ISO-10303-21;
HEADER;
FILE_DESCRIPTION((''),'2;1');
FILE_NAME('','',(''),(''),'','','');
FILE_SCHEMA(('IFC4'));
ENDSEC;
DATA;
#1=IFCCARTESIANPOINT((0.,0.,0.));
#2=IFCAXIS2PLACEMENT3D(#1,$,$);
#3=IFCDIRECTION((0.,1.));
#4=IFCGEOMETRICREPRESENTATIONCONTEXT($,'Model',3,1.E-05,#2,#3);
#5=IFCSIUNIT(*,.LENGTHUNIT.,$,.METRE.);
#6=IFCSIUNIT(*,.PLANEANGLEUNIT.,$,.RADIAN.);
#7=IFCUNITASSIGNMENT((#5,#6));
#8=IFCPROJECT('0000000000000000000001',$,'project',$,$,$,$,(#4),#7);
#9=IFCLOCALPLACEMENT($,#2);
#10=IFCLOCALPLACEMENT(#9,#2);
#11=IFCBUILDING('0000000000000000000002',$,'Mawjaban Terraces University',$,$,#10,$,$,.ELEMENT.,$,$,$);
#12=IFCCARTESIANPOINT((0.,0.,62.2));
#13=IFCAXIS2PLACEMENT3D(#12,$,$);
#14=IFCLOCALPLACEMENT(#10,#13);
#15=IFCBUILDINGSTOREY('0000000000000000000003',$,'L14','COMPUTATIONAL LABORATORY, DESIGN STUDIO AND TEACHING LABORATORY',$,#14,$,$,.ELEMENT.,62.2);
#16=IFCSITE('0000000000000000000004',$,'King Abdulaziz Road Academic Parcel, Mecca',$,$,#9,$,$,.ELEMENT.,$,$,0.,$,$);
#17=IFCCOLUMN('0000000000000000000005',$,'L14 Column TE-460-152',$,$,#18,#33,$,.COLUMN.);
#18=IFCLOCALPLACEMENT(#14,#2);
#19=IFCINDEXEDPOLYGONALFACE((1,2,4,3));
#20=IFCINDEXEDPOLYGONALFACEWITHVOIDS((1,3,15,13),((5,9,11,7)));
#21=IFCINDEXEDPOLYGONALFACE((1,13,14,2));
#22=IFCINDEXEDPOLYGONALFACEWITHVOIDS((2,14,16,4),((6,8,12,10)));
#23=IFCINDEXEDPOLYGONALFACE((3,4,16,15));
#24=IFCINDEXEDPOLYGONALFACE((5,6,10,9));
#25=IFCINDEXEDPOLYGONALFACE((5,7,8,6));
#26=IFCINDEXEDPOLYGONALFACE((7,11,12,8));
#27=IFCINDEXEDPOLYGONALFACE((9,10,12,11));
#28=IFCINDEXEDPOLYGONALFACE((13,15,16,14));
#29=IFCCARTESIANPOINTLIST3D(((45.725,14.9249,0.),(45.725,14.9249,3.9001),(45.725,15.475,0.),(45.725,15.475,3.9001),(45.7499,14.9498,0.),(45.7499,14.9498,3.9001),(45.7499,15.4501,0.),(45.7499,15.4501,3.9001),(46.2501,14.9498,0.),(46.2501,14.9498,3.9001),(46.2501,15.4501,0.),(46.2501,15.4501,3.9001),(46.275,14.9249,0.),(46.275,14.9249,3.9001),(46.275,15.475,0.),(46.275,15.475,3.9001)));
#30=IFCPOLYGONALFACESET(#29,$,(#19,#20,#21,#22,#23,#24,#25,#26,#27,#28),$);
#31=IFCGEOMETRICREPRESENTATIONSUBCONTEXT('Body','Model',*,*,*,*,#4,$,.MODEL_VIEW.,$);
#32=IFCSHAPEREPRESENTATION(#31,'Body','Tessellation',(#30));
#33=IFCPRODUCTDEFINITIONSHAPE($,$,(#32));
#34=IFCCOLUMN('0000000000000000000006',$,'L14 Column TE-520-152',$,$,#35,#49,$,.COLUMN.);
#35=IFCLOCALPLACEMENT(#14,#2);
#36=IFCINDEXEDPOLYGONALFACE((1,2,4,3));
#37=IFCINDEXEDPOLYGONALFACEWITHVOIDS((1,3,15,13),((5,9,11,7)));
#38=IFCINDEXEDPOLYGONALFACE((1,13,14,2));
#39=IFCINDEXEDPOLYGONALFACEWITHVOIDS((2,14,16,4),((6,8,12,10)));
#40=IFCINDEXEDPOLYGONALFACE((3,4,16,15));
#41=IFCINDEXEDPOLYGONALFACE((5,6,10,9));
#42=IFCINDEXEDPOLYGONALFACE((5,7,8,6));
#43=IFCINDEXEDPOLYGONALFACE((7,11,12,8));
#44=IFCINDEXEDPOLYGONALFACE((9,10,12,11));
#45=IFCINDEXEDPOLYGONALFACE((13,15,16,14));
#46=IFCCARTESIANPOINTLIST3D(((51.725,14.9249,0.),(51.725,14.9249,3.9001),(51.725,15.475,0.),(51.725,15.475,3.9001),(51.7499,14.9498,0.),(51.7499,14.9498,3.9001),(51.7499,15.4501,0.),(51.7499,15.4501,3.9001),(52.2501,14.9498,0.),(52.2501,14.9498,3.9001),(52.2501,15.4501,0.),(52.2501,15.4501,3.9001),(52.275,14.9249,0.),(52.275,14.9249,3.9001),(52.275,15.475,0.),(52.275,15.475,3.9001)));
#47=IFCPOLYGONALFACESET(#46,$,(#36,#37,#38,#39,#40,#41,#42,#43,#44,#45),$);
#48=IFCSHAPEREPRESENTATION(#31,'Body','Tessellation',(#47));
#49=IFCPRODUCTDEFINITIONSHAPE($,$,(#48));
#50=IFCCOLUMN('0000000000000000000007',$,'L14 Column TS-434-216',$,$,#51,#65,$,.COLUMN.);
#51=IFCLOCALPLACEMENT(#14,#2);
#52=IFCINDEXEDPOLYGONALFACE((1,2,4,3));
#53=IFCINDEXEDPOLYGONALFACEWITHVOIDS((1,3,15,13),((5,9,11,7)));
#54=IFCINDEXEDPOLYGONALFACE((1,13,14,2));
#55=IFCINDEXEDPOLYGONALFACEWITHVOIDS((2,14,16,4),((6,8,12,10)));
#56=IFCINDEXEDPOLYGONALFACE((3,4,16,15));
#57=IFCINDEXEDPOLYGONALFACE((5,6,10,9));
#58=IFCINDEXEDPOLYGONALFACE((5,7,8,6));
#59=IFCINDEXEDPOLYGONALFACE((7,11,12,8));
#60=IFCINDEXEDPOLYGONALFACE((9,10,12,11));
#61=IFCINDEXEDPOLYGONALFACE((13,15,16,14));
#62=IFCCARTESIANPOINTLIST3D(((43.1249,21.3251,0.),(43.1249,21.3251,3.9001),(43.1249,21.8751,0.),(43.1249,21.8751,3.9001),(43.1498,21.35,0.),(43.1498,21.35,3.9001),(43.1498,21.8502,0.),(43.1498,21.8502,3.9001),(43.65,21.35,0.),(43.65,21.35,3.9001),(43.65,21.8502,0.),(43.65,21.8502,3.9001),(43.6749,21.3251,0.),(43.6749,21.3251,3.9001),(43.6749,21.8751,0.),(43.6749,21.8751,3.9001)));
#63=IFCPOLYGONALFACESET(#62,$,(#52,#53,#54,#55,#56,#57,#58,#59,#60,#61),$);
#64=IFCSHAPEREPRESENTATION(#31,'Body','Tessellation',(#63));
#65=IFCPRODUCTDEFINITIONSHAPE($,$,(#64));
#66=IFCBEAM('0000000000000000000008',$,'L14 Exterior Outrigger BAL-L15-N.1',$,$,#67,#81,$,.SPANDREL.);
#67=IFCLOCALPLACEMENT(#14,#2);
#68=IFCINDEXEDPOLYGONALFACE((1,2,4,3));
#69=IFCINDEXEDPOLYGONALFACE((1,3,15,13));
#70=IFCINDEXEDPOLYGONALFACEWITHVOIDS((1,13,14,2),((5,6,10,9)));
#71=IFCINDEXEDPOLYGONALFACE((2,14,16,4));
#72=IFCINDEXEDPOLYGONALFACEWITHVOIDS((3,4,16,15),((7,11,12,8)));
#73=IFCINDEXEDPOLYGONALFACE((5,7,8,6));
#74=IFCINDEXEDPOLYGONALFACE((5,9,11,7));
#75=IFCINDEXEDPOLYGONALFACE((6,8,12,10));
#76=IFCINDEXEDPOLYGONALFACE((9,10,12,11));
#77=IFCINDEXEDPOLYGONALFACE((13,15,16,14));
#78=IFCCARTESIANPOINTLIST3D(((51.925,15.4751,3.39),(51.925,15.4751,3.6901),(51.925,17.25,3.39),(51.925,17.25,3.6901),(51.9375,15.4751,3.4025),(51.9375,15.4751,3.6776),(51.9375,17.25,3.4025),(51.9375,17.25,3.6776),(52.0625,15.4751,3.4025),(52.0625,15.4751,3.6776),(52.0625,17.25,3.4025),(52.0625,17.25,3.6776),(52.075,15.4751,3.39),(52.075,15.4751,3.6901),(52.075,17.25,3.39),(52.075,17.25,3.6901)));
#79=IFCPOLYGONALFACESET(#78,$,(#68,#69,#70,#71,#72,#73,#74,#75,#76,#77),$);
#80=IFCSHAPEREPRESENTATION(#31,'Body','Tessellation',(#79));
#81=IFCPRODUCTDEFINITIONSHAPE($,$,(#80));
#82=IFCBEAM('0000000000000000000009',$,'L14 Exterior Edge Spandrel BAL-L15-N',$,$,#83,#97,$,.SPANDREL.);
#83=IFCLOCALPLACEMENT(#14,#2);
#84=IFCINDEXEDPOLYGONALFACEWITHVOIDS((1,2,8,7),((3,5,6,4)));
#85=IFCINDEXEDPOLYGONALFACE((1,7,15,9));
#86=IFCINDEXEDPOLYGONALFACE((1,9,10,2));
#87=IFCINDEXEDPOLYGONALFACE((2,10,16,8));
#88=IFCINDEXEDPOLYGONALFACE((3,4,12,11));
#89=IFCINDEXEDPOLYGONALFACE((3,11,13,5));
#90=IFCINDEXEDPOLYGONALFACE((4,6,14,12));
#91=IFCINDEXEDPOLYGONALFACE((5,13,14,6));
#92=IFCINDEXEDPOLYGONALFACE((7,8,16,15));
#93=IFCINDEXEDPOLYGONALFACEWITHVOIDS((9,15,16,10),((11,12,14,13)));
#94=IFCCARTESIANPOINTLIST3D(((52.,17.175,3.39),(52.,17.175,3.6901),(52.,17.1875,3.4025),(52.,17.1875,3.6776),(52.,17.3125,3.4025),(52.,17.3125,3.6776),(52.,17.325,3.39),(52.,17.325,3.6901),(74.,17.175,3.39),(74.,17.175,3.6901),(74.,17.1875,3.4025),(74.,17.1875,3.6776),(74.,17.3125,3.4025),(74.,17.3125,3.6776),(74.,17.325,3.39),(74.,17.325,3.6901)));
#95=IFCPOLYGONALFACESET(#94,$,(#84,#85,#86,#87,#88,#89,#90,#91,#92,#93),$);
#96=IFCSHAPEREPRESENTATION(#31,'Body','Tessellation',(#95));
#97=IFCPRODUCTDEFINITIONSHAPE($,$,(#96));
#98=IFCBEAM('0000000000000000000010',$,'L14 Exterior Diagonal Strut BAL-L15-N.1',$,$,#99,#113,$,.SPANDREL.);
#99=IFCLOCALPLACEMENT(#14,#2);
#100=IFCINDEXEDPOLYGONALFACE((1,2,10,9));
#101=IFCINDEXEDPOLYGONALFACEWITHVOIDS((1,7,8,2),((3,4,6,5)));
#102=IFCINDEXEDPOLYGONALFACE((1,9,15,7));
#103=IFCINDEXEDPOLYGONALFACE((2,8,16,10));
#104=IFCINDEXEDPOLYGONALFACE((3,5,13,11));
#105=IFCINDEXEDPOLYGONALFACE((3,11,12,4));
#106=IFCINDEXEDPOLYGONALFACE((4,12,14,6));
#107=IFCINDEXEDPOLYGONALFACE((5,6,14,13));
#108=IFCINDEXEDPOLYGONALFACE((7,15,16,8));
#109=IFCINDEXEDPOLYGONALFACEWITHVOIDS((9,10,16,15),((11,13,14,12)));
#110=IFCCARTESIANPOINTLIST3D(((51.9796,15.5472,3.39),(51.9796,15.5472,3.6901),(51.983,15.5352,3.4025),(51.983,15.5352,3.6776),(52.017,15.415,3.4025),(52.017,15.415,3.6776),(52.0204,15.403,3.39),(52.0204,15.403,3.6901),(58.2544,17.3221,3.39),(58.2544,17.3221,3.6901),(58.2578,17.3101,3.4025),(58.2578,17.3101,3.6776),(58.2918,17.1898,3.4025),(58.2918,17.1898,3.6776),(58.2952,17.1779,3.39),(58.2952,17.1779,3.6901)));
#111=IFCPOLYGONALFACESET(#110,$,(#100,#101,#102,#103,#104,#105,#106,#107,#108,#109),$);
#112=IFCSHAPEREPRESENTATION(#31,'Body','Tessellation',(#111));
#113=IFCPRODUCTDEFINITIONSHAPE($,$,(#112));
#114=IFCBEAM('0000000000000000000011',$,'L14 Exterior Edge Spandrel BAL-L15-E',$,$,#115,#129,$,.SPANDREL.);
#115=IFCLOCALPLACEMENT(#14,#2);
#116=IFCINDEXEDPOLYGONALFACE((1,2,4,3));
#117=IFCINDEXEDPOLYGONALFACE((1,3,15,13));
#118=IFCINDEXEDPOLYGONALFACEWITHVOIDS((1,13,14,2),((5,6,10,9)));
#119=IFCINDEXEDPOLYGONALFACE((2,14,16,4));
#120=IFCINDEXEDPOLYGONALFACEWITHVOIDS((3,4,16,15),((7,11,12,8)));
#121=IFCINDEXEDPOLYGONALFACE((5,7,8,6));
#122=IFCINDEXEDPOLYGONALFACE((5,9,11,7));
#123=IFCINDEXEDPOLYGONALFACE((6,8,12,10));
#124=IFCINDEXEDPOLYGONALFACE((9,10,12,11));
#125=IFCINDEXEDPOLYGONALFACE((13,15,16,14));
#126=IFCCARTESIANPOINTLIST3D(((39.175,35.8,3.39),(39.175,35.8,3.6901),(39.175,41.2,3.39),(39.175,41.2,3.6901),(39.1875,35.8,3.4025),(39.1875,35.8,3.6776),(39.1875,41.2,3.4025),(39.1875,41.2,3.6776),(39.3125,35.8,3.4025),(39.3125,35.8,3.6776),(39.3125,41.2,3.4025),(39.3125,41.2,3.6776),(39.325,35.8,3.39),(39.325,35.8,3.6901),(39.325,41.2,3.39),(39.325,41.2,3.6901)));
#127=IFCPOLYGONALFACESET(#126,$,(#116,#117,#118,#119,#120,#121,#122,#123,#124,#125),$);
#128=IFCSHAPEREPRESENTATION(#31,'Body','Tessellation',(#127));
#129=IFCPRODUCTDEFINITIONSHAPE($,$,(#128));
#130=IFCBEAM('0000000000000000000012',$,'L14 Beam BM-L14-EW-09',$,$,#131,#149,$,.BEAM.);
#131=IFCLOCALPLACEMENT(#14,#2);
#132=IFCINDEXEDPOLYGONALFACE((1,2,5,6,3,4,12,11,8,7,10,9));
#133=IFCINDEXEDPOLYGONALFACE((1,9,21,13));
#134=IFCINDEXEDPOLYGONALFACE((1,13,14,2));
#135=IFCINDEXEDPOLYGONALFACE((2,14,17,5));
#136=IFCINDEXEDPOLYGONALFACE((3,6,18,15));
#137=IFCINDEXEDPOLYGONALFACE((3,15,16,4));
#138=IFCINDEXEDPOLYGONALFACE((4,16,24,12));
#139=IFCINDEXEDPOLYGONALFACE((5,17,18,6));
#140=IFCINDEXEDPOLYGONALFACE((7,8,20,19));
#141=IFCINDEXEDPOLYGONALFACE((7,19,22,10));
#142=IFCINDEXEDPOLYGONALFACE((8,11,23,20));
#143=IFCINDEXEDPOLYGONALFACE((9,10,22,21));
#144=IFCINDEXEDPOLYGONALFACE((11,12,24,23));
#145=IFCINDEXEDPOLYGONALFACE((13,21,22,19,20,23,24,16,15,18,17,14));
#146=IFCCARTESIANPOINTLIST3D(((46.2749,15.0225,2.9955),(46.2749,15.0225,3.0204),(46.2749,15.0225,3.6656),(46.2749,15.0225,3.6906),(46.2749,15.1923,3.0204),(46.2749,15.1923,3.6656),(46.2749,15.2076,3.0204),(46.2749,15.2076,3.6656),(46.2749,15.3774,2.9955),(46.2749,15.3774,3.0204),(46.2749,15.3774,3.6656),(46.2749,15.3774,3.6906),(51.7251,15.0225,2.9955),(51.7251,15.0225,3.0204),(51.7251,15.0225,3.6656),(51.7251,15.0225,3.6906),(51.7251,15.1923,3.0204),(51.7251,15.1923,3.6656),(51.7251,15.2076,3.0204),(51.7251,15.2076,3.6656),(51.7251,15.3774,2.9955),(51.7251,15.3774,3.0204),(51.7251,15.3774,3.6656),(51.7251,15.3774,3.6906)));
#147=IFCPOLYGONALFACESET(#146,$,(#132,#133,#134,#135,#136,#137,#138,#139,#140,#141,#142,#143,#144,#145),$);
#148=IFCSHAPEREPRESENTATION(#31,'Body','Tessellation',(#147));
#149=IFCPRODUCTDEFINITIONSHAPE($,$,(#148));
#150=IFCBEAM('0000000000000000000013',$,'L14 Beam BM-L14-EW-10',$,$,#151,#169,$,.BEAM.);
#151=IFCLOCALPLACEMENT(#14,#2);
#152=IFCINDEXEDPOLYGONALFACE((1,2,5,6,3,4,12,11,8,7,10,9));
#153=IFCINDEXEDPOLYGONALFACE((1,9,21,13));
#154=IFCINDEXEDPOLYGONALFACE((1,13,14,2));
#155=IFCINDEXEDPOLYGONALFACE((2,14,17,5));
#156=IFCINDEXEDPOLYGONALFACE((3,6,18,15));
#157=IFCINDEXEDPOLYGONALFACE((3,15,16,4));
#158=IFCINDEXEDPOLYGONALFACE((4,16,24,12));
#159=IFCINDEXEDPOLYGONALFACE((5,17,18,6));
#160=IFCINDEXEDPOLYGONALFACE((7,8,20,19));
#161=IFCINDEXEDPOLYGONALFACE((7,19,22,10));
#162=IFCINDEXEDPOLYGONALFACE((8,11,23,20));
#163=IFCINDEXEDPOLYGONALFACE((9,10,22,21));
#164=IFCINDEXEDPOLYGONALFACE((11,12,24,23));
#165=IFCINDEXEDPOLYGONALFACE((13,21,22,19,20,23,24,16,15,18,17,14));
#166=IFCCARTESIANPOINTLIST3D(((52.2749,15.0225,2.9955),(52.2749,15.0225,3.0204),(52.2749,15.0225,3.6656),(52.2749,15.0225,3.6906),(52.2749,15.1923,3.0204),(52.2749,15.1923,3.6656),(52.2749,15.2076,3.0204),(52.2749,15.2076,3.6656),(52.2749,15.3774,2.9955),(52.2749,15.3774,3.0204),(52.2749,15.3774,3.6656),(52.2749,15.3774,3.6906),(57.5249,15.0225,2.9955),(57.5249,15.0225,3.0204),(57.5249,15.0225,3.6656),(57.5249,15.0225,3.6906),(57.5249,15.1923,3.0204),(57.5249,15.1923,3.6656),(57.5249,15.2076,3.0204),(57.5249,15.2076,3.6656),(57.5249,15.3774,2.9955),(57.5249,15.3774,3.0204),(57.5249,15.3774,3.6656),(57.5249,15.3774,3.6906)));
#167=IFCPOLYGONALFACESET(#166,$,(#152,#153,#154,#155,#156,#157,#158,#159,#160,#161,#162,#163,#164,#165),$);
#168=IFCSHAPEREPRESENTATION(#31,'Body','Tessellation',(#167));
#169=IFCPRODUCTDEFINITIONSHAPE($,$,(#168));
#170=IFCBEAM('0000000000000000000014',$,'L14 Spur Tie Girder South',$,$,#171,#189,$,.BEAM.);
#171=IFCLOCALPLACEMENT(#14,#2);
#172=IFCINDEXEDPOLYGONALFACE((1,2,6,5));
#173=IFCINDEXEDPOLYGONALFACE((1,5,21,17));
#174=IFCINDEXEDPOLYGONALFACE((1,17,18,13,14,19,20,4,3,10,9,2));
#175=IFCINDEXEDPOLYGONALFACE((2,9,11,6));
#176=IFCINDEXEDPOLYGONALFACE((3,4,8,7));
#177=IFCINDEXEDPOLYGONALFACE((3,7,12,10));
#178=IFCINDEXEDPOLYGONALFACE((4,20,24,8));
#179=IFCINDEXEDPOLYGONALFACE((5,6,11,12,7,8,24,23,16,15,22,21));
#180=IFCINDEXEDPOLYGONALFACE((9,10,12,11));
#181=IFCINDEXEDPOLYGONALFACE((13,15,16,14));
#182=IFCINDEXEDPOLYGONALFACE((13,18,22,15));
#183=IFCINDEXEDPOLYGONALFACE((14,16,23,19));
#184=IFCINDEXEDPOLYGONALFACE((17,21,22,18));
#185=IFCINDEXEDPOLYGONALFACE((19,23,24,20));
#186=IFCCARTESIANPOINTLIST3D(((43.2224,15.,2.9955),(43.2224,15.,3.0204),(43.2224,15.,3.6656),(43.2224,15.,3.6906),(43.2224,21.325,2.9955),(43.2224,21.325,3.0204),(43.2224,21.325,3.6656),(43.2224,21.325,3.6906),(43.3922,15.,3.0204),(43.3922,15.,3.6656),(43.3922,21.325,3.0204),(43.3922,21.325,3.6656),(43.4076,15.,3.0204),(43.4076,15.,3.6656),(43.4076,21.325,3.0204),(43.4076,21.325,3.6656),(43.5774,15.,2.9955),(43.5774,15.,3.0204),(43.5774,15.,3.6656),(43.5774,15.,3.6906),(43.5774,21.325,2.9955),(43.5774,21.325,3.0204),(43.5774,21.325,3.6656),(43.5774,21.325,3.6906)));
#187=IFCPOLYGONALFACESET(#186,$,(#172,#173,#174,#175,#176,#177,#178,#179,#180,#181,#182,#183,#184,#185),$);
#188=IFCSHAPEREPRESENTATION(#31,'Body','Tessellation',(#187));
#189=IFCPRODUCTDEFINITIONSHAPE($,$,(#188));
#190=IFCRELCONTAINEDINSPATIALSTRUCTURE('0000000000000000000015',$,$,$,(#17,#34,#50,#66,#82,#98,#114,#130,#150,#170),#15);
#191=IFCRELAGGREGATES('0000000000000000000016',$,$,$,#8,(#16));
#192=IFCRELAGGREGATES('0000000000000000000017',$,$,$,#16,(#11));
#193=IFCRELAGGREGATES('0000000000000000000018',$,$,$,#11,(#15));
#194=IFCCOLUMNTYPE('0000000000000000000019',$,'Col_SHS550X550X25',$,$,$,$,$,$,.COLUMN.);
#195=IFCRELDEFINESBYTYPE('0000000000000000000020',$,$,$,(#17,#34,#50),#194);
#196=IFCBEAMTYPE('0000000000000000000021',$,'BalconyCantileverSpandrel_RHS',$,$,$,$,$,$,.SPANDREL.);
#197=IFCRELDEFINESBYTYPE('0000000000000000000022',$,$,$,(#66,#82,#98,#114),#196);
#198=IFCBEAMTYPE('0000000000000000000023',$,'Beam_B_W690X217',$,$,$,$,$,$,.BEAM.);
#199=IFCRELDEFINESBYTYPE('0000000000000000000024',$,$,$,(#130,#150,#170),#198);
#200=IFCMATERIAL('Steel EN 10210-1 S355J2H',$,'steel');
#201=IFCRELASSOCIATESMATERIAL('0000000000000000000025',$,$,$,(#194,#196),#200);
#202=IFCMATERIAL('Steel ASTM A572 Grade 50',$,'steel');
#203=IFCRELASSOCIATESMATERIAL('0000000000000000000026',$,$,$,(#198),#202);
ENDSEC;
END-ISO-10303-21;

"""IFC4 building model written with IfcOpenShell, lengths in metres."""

from ifc_helpers import new_model, si_unit, direction, frame, origin, origin_2d, place, context, subcontext, project, spatial, hollow_rectangle, i_section, extrude, material, material_profile, profile_set, type_object, element, save


model = new_model("IFC4")

# Units and contexts
model_context = context("Model", 3, precision=1e-05, world=origin(), true_north=direction((0.0, 1.0)))
body_context = subcontext(model_context, "Body", "Model", "MODEL_VIEW")
ifc_project = project(units=[si_unit("LENGTHUNIT", "METRE"), si_unit("PLANEANGLEUNIT", "RADIAN")], contexts=[model_context])

# Site, building, storey
site_placement = place(None, origin())
site = spatial("IfcSite", under=ifc_project, at=site_placement, Name="King Abdulaziz Road Academic Parcel, Mecca", CompositionType="ELEMENT", RefElevation=0.0)
building_placement = place(site_placement, origin())
building = spatial("IfcBuilding", under=site, at=building_placement, Name="Mawjaban Terraces University", CompositionType="ELEMENT")
storey_placement = place(building_placement, frame((0.0, 0.0, 62.2)))
storey = spatial("IfcBuildingStorey", under=building, at=storey_placement, Name="L14", Description="COMPUTATIONAL LABORATORY, DESIGN STUDIO AND TEACHING LABORATORY", CompositionType="ELEMENT", Elevation=62.2)

# Columns
ifc_material_1 = material(Name="Steel EN 10210-1 S355J2H", Category="steel")
ifc_material_profile_1 = material_profile(ifc_material_1, hollow_rectangle(XDim=0.55, YDim=0.55, WallThickness=0.0249, at=origin_2d()), Name="SHS550X550X25")
ifc_profile_set_1 = profile_set([ifc_material_profile_1], Name="Steel EN 10210-1 S355J2H")
column_type = type_object("IfcColumnType", Name="Col_SHS550X550X25", PredefinedType="COLUMN", material=ifc_profile_set_1)
for number, where, z_axis, x_axis, name in (
    (1, (46.0, 15.2, 0.0), (0.0, 0.0, 1.0), (1.0, 0.0, 0.0), "L14 Column TE-460-152"),
    (2, (52.0, 15.2, 0.0), (0.0, 0.0, 1.0), (1.0, 0.0, 0.0), "L14 Column TE-520-152"),
    (3, (43.3999, 21.6001, 0.0), (0.0, 0.0, 1.0), (1.0, 0.0, 0.0), "L14 Column TS-434-216"),
):
    element("IfcColumn", number, at=place(storey_placement, frame(where, z_axis=z_axis, x_axis=x_axis)), inside=storey, type_object=column_type, Name=name, PredefinedType="COLUMN", context=body_context, shape_type="SweptSolid", body=[
        extrude(hollow_rectangle(XDim=0.55, YDim=0.55, WallThickness=0.0249, at=origin_2d()), origin(), (0.0, 0.0, 1.0), 3.9001),
    ])

# Beams
ifc_material_profile_2 = material_profile(ifc_material_1, hollow_rectangle(XDim=0.1499, YDim=0.3, WallThickness=0.0125, at=origin_2d()), Name="RHS300X150X12.5")
ifc_profile_set_2 = profile_set([ifc_material_profile_2], Name="Steel EN 10210-1 S355J2H")
beam_type_1 = type_object("IfcBeamType", Name="BalconyCantileverSpandrel_RHS", PredefinedType="SPANDREL", material=ifc_profile_set_2)
beam_1_placement = place(storey_placement, frame((52.0, 15.4751, 3.54), z_axis=(0.0, 1.0, 0.0), x_axis=(-1.0, 0.0, 0.0)))
element("IfcBeam", 4, at=beam_1_placement, inside=storey, type_object=beam_type_1, Name="L14 Exterior Outrigger BAL-L15-N.1", PredefinedType="SPANDREL", context=body_context, shape_type="SweptSolid", body=[
    extrude(hollow_rectangle(XDim=0.1499, YDim=0.3, WallThickness=0.0125, at=origin_2d()), origin(), (0.0, 0.0, 1.0), 1.7749),
])
beam_2_placement = place(storey_placement, frame((52.0, 17.25, 3.54), z_axis=(1.0, 0.0, 0.0), x_axis=(0.0, 1.0, 0.0)))
element("IfcBeam", 5, at=beam_2_placement, inside=storey, type_object=beam_type_1, Name="L14 Exterior Edge Spandrel BAL-L15-N", PredefinedType="SPANDREL", context=body_context, shape_type="SweptSolid", body=[
    extrude(hollow_rectangle(XDim=0.1499, YDim=0.3, WallThickness=0.0125, at=origin_2d()), origin(), (0.0, 0.0, 1.0), 22.0),
])
beam_3_placement = place(storey_placement, frame((52.0, 15.4751, 3.54), z_axis=(0.962247, 0.272179, 0.0), x_axis=(-0.272179, 0.962247, 0.0)))
element("IfcBeam", 6, at=beam_3_placement, inside=storey, type_object=beam_type_1, Name="L14 Exterior Diagonal Strut BAL-L15-N.1", PredefinedType="SPANDREL", context=body_context, shape_type="SweptSolid", body=[
    extrude(hollow_rectangle(XDim=0.1499, YDim=0.3, WallThickness=0.0125, at=origin_2d()), origin(), (0.0, 0.0, 1.0), 6.521),
])
beam_4_placement = place(storey_placement, frame((39.25, 35.8, 3.54), z_axis=(0.0, 1.0, 0.0), x_axis=(-1.0, 0.0, 0.0)))
element("IfcBeam", 7, at=beam_4_placement, inside=storey, type_object=beam_type_1, Name="L14 Exterior Edge Spandrel BAL-L15-E", PredefinedType="SPANDREL", context=body_context, shape_type="SweptSolid", body=[
    extrude(hollow_rectangle(XDim=0.1499, YDim=0.3, WallThickness=0.0125, at=origin_2d()), origin(), (0.0, 0.0, 1.0), 5.3999),
])
ifc_material_2 = material(Name="Steel ASTM A572 Grade 50", Category="steel")
ifc_material_profile_3 = material_profile(ifc_material_2, i_section(OverallWidth=0.355, OverallDepth=0.6951, WebThickness=0.0154, FlangeThickness=0.0249, at=origin_2d()), Name="W690X217")
ifc_profile_set_3 = profile_set([ifc_material_profile_3], Name="Steel ASTM A572 Grade 50")
beam_type_2 = type_object("IfcBeamType", Name="Beam_B_W690X217", PredefinedType="BEAM", material=ifc_profile_set_3)
beam_5_placement = place(storey_placement, frame((46.2749, 15.2, 3.343), z_axis=(1.0, 0.0, 0.0), x_axis=(0.0, 1.0, 0.0)))
element("IfcBeam", 8, at=beam_5_placement, inside=storey, type_object=beam_type_2, Name="L14 Beam BM-L14-EW-09", PredefinedType="BEAM", context=body_context, shape_type="SweptSolid", body=[
    extrude(i_section(OverallWidth=0.355, OverallDepth=0.6951, WebThickness=0.0154, FlangeThickness=0.0249, at=origin_2d()), origin(), (0.0, 0.0, 1.0), 5.4502),
])
beam_6_placement = place(storey_placement, frame((52.2749, 15.2, 3.343), z_axis=(1.0, 0.0, 0.0), x_axis=(0.0, 1.0, 0.0)))
element("IfcBeam", 9, at=beam_6_placement, inside=storey, type_object=beam_type_2, Name="L14 Beam BM-L14-EW-10", PredefinedType="BEAM", context=body_context, shape_type="SweptSolid", body=[
    extrude(i_section(OverallWidth=0.355, OverallDepth=0.6951, WebThickness=0.0154, FlangeThickness=0.0249, at=origin_2d()), origin(), (0.0, 0.0, 1.0), 5.25),
])
beam_7_placement = place(storey_placement, frame((43.3999, 15.0, 3.343), z_axis=(0.0, 1.0, 0.0), x_axis=(-1.0, 0.0, 0.0)))
element("IfcBeam", 10, at=beam_7_placement, inside=storey, type_object=beam_type_2, Name="L14 Spur Tie Girder South", PredefinedType="BEAM", context=body_context, shape_type="SweptSolid", body=[
    extrude(i_section(OverallWidth=0.355, OverallDepth=0.6951, WebThickness=0.0154, FlangeThickness=0.0249, at=origin_2d()), origin(), (0.0, 0.0, 1.0), 6.325),
])

save(model, "model.ifc")
